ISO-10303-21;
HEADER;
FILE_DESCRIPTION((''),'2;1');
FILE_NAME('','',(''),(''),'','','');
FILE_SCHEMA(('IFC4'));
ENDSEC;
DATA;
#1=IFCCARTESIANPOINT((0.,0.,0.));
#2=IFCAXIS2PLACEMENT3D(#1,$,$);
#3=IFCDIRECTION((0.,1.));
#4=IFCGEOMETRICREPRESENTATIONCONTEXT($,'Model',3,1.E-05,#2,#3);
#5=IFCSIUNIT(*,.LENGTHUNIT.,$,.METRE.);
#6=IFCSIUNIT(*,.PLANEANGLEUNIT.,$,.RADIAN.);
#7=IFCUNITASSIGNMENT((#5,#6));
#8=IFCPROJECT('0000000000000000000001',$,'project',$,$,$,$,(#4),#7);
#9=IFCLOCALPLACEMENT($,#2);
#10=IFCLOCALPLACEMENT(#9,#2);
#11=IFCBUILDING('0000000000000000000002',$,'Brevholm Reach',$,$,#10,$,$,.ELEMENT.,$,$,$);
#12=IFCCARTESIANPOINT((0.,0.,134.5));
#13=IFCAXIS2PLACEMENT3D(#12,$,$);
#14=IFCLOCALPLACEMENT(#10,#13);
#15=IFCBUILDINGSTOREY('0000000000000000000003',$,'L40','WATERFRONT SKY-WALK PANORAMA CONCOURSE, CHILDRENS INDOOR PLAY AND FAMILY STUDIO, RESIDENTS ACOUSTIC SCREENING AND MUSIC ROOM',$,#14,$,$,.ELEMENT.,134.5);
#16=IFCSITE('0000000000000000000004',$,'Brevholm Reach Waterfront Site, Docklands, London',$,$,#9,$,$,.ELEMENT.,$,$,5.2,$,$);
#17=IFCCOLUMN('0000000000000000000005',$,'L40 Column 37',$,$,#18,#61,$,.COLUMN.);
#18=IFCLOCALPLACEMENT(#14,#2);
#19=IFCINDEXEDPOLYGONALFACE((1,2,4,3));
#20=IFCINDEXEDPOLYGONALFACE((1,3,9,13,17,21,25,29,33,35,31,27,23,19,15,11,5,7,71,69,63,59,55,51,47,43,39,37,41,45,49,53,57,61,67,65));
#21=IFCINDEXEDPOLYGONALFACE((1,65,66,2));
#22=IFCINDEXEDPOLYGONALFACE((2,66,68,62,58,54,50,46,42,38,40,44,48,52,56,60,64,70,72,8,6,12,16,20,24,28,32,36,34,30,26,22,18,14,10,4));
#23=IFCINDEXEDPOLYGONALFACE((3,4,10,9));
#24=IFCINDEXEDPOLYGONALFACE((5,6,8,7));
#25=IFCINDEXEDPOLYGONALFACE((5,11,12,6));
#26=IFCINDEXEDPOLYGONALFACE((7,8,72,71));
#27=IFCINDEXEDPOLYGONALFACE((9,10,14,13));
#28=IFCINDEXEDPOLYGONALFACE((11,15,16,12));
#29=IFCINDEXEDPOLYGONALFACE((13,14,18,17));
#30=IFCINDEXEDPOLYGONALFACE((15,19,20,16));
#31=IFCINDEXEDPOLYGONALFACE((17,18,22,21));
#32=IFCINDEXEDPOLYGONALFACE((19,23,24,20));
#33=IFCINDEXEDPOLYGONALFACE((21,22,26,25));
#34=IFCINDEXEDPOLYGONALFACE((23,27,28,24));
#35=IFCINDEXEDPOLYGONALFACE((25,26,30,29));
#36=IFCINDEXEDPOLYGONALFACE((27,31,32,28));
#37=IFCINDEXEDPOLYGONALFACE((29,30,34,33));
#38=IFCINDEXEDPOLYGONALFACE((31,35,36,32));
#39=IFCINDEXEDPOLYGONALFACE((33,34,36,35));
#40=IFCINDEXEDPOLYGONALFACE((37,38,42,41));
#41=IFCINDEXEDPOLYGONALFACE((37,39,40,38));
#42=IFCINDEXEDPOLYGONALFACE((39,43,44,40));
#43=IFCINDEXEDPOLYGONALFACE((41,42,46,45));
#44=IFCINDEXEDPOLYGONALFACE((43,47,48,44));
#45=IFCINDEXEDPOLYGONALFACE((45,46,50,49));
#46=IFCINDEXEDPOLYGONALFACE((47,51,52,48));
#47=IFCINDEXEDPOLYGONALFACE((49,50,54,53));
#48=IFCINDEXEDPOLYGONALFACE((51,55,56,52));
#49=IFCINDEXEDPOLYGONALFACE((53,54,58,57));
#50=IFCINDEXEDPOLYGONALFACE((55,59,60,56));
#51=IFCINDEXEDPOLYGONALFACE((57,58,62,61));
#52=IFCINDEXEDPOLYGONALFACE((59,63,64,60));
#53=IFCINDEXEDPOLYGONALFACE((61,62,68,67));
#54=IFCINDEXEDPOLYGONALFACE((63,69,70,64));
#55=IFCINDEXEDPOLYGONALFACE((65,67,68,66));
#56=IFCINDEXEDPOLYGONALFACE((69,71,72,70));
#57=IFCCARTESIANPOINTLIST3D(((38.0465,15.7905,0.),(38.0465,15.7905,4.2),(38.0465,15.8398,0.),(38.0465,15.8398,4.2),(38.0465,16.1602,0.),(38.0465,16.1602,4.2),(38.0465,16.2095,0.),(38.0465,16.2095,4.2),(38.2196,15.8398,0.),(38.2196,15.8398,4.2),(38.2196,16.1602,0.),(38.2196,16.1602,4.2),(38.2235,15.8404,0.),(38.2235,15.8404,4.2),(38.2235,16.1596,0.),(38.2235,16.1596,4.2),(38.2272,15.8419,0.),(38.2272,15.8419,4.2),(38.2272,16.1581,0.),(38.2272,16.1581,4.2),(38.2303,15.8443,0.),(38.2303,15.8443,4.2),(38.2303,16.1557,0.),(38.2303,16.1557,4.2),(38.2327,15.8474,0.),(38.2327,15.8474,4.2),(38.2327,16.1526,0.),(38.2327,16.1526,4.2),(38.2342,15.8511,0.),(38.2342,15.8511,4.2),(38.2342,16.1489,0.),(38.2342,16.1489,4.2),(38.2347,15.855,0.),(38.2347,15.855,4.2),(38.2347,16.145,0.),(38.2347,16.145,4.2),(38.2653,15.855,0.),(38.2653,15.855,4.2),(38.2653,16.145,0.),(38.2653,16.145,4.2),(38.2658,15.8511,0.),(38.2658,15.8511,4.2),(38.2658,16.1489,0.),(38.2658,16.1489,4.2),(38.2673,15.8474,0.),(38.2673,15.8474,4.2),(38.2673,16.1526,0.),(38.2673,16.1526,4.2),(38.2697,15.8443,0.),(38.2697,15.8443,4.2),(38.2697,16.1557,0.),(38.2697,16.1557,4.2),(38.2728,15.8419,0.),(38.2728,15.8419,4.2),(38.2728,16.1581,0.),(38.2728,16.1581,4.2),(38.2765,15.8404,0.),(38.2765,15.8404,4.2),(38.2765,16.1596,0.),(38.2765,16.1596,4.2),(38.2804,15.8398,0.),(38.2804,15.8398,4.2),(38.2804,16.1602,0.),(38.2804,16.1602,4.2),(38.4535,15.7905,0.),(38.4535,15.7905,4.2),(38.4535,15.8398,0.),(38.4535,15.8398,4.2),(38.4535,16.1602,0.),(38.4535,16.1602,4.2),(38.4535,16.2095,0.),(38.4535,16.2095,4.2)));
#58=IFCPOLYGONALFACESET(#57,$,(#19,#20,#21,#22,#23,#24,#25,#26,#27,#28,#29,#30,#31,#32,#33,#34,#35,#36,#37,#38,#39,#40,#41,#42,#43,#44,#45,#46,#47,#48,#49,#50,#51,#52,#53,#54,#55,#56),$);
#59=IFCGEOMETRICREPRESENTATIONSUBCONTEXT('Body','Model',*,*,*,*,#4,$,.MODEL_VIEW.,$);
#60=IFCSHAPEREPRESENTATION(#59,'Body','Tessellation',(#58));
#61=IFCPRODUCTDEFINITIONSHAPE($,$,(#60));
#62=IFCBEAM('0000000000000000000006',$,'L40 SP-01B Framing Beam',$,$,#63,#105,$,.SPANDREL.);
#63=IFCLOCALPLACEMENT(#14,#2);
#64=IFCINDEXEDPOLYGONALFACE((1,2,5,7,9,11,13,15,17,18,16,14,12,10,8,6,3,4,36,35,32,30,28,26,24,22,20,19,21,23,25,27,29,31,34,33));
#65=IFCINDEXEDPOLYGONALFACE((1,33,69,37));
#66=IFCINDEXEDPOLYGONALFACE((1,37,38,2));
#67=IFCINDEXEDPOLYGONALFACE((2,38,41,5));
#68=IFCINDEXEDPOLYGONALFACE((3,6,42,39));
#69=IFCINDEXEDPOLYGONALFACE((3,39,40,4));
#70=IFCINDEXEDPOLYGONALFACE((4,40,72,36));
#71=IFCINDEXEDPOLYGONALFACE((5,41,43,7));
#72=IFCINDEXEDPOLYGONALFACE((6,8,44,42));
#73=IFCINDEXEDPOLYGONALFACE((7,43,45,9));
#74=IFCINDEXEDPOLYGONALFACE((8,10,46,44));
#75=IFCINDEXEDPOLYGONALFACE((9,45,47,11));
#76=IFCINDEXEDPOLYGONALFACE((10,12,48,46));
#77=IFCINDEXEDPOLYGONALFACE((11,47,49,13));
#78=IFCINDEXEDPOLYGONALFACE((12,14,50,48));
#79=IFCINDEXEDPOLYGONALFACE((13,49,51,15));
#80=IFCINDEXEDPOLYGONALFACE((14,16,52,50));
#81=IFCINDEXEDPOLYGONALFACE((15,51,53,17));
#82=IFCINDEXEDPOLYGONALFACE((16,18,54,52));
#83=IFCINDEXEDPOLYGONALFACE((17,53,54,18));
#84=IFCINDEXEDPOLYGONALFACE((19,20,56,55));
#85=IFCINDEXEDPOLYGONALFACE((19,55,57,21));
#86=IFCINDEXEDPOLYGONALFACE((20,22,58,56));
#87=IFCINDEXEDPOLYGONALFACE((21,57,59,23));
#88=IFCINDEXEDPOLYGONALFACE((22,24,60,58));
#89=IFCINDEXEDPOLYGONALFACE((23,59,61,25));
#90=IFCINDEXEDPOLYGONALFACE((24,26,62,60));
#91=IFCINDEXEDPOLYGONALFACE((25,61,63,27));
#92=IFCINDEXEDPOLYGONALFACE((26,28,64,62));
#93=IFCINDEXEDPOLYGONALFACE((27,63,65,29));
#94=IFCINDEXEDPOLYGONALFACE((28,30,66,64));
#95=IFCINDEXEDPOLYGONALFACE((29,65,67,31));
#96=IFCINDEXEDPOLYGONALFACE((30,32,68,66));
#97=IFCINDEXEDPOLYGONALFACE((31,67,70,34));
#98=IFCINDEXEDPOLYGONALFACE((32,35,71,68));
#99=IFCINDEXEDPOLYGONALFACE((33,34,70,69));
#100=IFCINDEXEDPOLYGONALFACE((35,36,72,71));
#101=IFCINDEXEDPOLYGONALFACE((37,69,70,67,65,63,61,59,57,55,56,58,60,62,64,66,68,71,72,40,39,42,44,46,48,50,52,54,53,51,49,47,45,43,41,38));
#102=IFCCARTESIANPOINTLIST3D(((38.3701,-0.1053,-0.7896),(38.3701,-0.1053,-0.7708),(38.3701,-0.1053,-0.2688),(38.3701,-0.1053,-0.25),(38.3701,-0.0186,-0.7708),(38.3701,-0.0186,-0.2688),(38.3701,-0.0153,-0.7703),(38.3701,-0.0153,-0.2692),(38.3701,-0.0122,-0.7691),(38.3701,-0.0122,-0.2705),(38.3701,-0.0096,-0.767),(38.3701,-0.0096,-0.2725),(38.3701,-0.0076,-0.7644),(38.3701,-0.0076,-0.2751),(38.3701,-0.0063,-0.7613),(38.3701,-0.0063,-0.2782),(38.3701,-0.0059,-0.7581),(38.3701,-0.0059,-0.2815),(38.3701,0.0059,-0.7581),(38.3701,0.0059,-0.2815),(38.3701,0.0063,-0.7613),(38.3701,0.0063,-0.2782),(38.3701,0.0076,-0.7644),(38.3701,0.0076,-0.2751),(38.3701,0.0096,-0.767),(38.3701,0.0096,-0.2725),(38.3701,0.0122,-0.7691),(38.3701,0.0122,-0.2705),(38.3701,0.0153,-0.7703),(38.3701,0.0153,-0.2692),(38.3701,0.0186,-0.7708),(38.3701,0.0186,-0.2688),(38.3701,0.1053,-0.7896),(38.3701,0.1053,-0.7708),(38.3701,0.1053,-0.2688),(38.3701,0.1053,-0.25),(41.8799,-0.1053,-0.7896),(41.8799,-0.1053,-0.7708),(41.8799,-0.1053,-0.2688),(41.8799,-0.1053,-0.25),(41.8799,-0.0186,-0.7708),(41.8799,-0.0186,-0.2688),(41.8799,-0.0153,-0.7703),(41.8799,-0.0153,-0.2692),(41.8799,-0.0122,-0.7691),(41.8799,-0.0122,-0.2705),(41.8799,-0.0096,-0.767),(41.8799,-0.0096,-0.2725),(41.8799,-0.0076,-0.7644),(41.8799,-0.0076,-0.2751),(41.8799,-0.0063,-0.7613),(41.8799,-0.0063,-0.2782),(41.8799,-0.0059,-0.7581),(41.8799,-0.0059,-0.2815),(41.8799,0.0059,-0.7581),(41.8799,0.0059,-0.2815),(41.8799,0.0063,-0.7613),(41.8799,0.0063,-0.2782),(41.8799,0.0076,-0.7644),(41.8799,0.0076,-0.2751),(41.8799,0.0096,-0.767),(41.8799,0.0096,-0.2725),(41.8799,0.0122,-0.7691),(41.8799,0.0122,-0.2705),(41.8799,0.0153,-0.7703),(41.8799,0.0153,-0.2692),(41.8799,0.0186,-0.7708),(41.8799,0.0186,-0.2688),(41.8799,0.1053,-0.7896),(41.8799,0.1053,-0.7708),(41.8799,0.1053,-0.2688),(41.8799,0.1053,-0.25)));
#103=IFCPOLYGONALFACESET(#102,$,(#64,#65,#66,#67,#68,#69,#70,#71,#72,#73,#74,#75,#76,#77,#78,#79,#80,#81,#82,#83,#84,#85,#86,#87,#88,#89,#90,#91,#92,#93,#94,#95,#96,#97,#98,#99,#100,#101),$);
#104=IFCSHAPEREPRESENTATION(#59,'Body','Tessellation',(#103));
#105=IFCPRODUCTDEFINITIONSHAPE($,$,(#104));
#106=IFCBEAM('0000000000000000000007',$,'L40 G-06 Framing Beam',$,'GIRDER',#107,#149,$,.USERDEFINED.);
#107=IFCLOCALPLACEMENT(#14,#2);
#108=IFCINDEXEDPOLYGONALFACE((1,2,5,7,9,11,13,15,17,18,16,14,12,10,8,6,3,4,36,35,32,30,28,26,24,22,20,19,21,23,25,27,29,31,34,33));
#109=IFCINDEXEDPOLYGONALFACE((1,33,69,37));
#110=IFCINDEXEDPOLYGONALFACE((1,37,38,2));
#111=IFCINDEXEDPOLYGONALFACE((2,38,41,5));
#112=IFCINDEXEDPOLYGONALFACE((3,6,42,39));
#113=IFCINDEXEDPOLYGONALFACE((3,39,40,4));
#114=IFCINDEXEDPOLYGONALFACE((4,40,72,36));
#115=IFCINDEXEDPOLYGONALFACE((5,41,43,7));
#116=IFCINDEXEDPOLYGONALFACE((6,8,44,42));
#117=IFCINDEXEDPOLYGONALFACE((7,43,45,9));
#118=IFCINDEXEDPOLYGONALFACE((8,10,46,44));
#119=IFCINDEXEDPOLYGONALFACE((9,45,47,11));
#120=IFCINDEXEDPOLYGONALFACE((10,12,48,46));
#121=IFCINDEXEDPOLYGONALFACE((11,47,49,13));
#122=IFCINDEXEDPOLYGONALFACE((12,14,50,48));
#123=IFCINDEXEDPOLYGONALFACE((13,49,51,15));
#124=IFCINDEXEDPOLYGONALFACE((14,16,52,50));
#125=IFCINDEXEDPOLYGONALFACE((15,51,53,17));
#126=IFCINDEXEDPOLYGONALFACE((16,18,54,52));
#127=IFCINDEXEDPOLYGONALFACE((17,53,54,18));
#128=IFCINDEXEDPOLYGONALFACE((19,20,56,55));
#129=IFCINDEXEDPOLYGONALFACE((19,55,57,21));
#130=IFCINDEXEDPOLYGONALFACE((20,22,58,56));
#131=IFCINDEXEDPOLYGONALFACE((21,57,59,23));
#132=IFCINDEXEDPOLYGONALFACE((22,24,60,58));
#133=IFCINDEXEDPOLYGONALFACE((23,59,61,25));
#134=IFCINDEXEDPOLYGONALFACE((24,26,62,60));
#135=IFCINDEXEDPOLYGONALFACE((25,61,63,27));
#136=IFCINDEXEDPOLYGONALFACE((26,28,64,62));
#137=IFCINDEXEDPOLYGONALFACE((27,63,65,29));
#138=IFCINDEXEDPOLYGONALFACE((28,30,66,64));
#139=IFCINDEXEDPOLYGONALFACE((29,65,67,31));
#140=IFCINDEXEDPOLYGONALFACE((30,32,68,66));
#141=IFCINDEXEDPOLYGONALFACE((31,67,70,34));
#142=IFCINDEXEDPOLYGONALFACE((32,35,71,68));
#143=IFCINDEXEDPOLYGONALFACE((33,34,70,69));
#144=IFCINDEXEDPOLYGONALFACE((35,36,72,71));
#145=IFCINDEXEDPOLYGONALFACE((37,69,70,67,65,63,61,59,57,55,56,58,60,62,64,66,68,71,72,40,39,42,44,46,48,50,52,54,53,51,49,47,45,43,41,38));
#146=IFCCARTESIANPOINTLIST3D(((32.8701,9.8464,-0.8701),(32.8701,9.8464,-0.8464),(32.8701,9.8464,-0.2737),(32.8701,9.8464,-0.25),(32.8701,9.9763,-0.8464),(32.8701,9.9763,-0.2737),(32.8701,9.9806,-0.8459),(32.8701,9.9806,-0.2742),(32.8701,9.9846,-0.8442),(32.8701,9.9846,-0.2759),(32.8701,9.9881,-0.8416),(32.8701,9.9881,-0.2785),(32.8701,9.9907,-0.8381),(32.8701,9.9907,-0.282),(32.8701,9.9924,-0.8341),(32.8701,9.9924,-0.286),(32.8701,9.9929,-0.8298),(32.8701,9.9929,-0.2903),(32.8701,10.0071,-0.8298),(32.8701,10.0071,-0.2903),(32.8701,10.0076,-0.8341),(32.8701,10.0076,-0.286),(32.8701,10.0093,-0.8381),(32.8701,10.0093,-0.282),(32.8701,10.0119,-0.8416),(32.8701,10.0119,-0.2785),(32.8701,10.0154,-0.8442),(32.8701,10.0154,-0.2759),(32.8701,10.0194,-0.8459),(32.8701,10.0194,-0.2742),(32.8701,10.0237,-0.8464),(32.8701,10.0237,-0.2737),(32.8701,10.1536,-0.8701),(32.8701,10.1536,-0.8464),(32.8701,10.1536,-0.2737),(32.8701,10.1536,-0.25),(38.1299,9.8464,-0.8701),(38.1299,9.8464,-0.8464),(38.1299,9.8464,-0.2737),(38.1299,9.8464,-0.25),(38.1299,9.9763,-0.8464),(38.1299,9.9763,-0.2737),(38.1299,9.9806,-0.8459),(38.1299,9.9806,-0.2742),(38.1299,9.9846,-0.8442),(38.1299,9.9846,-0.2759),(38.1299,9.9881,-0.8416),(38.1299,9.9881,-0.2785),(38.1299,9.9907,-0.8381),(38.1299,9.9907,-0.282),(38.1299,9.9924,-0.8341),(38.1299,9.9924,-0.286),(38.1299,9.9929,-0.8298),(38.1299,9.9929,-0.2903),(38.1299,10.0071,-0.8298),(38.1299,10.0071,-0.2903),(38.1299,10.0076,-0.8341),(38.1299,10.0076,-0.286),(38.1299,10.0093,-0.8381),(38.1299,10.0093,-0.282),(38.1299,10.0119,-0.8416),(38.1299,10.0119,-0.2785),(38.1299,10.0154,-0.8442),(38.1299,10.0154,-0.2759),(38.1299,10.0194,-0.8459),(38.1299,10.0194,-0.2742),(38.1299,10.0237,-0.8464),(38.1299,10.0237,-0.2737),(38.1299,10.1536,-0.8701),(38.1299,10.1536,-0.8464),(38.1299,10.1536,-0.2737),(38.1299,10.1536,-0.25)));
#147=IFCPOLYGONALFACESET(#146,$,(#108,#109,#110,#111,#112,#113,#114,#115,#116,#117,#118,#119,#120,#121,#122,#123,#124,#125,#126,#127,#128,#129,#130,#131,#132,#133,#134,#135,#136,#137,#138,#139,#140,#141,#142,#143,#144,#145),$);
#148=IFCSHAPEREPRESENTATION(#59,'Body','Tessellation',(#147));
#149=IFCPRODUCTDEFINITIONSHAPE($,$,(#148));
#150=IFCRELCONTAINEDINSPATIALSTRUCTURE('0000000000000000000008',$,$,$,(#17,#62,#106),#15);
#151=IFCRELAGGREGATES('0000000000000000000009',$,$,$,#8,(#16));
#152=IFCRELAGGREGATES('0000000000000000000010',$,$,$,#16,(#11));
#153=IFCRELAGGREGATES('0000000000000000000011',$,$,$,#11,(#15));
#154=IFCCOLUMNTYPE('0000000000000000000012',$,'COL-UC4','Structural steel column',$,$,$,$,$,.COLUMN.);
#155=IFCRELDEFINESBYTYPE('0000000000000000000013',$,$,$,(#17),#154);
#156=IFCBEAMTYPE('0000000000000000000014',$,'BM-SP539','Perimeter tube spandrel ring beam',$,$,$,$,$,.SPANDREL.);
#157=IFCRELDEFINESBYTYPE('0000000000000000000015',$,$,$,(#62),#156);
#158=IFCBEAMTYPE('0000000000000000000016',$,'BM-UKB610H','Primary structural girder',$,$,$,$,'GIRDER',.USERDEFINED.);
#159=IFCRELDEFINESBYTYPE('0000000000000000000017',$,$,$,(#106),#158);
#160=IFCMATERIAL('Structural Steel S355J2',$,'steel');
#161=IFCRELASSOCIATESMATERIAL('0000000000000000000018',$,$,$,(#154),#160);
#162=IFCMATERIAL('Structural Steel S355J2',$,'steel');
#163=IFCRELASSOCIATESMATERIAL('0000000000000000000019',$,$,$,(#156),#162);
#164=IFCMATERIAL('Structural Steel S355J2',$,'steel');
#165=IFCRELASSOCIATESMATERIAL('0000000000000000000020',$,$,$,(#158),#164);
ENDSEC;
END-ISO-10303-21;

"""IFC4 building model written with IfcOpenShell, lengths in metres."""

from ifc_helpers import new_model, si_unit, direction, frame, origin, origin_2d, place, context, subcontext, project, spatial, i_section, extrude, material, material_profile, profile_set, type_object, element, save


model = new_model("IFC4")

# Units and contexts
model_context = context("Model", 3, precision=1e-05, world=origin(), true_north=direction((0.0, 1.0)))
body_context = subcontext(model_context, "Body", "Model", "MODEL_VIEW")
ifc_project = project(units=[si_unit("LENGTHUNIT", "METRE"), si_unit("PLANEANGLEUNIT", "RADIAN")], contexts=[model_context])

# Site, building, storey
site_placement = place(None, origin())
site = spatial("IfcSite", under=ifc_project, at=site_placement, Name="Brevholm Reach Waterfront Site, Docklands, London", CompositionType="ELEMENT", RefElevation=5.2)
building_placement = place(site_placement, origin())
building = spatial("IfcBuilding", under=site, at=building_placement, Name="Brevholm Reach", CompositionType="ELEMENT")
storey_placement = place(building_placement, frame((0.0, 0.0, 134.5)))
storey = spatial("IfcBuildingStorey", under=building, at=storey_placement, Name="L40", Description="WATERFRONT SKY-WALK PANORAMA CONCOURSE, CHILDRENS INDOOR PLAY AND FAMILY STUDIO, RESIDENTS ACOUSTIC SCREENING AND MUSIC ROOM", CompositionType="ELEMENT", Elevation=134.5)

# Column
ifc_material_1 = material(Name="Structural Steel S355J2", Category="steel")
ifc_material_profile_1 = material_profile(ifc_material_1, i_section(OverallWidth=0.407, OverallDepth=0.4189, WebThickness=0.0305, FlangeThickness=0.0493, FilletRadius=0.0151, at=origin_2d()), Name="UKC 356x406x393")
ifc_profile_set_1 = profile_set([ifc_material_profile_1], Name="Structural Steel S355J2")
column_type_1 = type_object("IfcColumnType", Name="COL-UC4", Description="Structural steel column", PredefinedType="COLUMN", material=ifc_profile_set_1)
for number, where, z_axis, x_axis, name in (
    (1, (38.25, 16.0, 0.0), (0.0, 0.0, 1.0), (1.0, 0.0, 0.0), "L40 Column 37"),
):
    element("IfcColumn", number, at=place(storey_placement, frame(where, z_axis=z_axis, x_axis=x_axis)), inside=storey, type_object=column_type_1, Name=name, PredefinedType="COLUMN", context=body_context, shape_type="SweptSolid", body=[
        extrude(i_section(OverallWidth=0.407, OverallDepth=0.4189, WebThickness=0.0305, FlangeThickness=0.0493, FilletRadius=0.0151, at=origin_2d()), origin(), (0.0, 0.0, 1.0), 4.2),
    ])

# Beams
ifc_material_2 = material(Name="Structural Steel S355J2", Category="steel")
ifc_material_profile_2 = material_profile(ifc_material_2, i_section(OverallWidth=0.2107, OverallDepth=0.5396, WebThickness=0.0117, FlangeThickness=0.0188, FilletRadius=0.0127, at=origin_2d()), Name="UKB 533x210x109")
ifc_profile_set_2 = profile_set([ifc_material_profile_2], Name="Structural Steel S355J2")
beam_type_1 = type_object("IfcBeamType", Name="BM-SP539", Description="Perimeter tube spandrel ring beam", PredefinedType="SPANDREL", material=ifc_profile_set_2)
beam_1_placement = place(storey_placement, frame((38.3701, 0.0, -0.5198), z_axis=(1.0, 0.0, 0.0), x_axis=(0.0, 1.0, 0.0)))
element("IfcBeam", 2, at=beam_1_placement, inside=storey, type_object=beam_type_1, Name="L40 SP-01B Framing Beam", PredefinedType="SPANDREL", context=body_context, shape_type="SweptSolid", body=[
    extrude(i_section(OverallWidth=0.2107, OverallDepth=0.5396, WebThickness=0.0117, FlangeThickness=0.0188, FilletRadius=0.0127, at=origin_2d()), origin(), (0.0, 0.0, 1.0), 3.5098),
])
ifc_material_3 = material(Name="Structural Steel S355J2", Category="steel")
ifc_material_profile_3 = material_profile(ifc_material_3, i_section(OverallWidth=0.3071, OverallDepth=0.6201, WebThickness=0.0142, FlangeThickness=0.0237, FilletRadius=0.0166, at=origin_2d()), Name="UKB 610x305x179")
ifc_profile_set_3 = profile_set([ifc_material_profile_3], Name="Structural Steel S355J2")
beam_type_2 = type_object("IfcBeamType", Name="BM-UKB610H", Description="Primary structural girder", ElementType="GIRDER", PredefinedType="USERDEFINED", material=ifc_profile_set_3)
beam_2_placement = place(storey_placement, frame((32.8701, 10.0, -0.5601), z_axis=(1.0, 0.0, 0.0), x_axis=(0.0, 1.0, 0.0)))
element("IfcBeam", 3, at=beam_2_placement, inside=storey, type_object=beam_type_2, Name="L40 G-06 Framing Beam", ObjectType="GIRDER", PredefinedType="USERDEFINED", context=body_context, shape_type="SweptSolid", body=[
    extrude(i_section(OverallWidth=0.3071, OverallDepth=0.6201, WebThickness=0.0142, FlangeThickness=0.0237, FilletRadius=0.0166, at=origin_2d()), origin(), (0.0, 0.0, 1.0), 5.2598),
])

save(model, "model.ifc")
